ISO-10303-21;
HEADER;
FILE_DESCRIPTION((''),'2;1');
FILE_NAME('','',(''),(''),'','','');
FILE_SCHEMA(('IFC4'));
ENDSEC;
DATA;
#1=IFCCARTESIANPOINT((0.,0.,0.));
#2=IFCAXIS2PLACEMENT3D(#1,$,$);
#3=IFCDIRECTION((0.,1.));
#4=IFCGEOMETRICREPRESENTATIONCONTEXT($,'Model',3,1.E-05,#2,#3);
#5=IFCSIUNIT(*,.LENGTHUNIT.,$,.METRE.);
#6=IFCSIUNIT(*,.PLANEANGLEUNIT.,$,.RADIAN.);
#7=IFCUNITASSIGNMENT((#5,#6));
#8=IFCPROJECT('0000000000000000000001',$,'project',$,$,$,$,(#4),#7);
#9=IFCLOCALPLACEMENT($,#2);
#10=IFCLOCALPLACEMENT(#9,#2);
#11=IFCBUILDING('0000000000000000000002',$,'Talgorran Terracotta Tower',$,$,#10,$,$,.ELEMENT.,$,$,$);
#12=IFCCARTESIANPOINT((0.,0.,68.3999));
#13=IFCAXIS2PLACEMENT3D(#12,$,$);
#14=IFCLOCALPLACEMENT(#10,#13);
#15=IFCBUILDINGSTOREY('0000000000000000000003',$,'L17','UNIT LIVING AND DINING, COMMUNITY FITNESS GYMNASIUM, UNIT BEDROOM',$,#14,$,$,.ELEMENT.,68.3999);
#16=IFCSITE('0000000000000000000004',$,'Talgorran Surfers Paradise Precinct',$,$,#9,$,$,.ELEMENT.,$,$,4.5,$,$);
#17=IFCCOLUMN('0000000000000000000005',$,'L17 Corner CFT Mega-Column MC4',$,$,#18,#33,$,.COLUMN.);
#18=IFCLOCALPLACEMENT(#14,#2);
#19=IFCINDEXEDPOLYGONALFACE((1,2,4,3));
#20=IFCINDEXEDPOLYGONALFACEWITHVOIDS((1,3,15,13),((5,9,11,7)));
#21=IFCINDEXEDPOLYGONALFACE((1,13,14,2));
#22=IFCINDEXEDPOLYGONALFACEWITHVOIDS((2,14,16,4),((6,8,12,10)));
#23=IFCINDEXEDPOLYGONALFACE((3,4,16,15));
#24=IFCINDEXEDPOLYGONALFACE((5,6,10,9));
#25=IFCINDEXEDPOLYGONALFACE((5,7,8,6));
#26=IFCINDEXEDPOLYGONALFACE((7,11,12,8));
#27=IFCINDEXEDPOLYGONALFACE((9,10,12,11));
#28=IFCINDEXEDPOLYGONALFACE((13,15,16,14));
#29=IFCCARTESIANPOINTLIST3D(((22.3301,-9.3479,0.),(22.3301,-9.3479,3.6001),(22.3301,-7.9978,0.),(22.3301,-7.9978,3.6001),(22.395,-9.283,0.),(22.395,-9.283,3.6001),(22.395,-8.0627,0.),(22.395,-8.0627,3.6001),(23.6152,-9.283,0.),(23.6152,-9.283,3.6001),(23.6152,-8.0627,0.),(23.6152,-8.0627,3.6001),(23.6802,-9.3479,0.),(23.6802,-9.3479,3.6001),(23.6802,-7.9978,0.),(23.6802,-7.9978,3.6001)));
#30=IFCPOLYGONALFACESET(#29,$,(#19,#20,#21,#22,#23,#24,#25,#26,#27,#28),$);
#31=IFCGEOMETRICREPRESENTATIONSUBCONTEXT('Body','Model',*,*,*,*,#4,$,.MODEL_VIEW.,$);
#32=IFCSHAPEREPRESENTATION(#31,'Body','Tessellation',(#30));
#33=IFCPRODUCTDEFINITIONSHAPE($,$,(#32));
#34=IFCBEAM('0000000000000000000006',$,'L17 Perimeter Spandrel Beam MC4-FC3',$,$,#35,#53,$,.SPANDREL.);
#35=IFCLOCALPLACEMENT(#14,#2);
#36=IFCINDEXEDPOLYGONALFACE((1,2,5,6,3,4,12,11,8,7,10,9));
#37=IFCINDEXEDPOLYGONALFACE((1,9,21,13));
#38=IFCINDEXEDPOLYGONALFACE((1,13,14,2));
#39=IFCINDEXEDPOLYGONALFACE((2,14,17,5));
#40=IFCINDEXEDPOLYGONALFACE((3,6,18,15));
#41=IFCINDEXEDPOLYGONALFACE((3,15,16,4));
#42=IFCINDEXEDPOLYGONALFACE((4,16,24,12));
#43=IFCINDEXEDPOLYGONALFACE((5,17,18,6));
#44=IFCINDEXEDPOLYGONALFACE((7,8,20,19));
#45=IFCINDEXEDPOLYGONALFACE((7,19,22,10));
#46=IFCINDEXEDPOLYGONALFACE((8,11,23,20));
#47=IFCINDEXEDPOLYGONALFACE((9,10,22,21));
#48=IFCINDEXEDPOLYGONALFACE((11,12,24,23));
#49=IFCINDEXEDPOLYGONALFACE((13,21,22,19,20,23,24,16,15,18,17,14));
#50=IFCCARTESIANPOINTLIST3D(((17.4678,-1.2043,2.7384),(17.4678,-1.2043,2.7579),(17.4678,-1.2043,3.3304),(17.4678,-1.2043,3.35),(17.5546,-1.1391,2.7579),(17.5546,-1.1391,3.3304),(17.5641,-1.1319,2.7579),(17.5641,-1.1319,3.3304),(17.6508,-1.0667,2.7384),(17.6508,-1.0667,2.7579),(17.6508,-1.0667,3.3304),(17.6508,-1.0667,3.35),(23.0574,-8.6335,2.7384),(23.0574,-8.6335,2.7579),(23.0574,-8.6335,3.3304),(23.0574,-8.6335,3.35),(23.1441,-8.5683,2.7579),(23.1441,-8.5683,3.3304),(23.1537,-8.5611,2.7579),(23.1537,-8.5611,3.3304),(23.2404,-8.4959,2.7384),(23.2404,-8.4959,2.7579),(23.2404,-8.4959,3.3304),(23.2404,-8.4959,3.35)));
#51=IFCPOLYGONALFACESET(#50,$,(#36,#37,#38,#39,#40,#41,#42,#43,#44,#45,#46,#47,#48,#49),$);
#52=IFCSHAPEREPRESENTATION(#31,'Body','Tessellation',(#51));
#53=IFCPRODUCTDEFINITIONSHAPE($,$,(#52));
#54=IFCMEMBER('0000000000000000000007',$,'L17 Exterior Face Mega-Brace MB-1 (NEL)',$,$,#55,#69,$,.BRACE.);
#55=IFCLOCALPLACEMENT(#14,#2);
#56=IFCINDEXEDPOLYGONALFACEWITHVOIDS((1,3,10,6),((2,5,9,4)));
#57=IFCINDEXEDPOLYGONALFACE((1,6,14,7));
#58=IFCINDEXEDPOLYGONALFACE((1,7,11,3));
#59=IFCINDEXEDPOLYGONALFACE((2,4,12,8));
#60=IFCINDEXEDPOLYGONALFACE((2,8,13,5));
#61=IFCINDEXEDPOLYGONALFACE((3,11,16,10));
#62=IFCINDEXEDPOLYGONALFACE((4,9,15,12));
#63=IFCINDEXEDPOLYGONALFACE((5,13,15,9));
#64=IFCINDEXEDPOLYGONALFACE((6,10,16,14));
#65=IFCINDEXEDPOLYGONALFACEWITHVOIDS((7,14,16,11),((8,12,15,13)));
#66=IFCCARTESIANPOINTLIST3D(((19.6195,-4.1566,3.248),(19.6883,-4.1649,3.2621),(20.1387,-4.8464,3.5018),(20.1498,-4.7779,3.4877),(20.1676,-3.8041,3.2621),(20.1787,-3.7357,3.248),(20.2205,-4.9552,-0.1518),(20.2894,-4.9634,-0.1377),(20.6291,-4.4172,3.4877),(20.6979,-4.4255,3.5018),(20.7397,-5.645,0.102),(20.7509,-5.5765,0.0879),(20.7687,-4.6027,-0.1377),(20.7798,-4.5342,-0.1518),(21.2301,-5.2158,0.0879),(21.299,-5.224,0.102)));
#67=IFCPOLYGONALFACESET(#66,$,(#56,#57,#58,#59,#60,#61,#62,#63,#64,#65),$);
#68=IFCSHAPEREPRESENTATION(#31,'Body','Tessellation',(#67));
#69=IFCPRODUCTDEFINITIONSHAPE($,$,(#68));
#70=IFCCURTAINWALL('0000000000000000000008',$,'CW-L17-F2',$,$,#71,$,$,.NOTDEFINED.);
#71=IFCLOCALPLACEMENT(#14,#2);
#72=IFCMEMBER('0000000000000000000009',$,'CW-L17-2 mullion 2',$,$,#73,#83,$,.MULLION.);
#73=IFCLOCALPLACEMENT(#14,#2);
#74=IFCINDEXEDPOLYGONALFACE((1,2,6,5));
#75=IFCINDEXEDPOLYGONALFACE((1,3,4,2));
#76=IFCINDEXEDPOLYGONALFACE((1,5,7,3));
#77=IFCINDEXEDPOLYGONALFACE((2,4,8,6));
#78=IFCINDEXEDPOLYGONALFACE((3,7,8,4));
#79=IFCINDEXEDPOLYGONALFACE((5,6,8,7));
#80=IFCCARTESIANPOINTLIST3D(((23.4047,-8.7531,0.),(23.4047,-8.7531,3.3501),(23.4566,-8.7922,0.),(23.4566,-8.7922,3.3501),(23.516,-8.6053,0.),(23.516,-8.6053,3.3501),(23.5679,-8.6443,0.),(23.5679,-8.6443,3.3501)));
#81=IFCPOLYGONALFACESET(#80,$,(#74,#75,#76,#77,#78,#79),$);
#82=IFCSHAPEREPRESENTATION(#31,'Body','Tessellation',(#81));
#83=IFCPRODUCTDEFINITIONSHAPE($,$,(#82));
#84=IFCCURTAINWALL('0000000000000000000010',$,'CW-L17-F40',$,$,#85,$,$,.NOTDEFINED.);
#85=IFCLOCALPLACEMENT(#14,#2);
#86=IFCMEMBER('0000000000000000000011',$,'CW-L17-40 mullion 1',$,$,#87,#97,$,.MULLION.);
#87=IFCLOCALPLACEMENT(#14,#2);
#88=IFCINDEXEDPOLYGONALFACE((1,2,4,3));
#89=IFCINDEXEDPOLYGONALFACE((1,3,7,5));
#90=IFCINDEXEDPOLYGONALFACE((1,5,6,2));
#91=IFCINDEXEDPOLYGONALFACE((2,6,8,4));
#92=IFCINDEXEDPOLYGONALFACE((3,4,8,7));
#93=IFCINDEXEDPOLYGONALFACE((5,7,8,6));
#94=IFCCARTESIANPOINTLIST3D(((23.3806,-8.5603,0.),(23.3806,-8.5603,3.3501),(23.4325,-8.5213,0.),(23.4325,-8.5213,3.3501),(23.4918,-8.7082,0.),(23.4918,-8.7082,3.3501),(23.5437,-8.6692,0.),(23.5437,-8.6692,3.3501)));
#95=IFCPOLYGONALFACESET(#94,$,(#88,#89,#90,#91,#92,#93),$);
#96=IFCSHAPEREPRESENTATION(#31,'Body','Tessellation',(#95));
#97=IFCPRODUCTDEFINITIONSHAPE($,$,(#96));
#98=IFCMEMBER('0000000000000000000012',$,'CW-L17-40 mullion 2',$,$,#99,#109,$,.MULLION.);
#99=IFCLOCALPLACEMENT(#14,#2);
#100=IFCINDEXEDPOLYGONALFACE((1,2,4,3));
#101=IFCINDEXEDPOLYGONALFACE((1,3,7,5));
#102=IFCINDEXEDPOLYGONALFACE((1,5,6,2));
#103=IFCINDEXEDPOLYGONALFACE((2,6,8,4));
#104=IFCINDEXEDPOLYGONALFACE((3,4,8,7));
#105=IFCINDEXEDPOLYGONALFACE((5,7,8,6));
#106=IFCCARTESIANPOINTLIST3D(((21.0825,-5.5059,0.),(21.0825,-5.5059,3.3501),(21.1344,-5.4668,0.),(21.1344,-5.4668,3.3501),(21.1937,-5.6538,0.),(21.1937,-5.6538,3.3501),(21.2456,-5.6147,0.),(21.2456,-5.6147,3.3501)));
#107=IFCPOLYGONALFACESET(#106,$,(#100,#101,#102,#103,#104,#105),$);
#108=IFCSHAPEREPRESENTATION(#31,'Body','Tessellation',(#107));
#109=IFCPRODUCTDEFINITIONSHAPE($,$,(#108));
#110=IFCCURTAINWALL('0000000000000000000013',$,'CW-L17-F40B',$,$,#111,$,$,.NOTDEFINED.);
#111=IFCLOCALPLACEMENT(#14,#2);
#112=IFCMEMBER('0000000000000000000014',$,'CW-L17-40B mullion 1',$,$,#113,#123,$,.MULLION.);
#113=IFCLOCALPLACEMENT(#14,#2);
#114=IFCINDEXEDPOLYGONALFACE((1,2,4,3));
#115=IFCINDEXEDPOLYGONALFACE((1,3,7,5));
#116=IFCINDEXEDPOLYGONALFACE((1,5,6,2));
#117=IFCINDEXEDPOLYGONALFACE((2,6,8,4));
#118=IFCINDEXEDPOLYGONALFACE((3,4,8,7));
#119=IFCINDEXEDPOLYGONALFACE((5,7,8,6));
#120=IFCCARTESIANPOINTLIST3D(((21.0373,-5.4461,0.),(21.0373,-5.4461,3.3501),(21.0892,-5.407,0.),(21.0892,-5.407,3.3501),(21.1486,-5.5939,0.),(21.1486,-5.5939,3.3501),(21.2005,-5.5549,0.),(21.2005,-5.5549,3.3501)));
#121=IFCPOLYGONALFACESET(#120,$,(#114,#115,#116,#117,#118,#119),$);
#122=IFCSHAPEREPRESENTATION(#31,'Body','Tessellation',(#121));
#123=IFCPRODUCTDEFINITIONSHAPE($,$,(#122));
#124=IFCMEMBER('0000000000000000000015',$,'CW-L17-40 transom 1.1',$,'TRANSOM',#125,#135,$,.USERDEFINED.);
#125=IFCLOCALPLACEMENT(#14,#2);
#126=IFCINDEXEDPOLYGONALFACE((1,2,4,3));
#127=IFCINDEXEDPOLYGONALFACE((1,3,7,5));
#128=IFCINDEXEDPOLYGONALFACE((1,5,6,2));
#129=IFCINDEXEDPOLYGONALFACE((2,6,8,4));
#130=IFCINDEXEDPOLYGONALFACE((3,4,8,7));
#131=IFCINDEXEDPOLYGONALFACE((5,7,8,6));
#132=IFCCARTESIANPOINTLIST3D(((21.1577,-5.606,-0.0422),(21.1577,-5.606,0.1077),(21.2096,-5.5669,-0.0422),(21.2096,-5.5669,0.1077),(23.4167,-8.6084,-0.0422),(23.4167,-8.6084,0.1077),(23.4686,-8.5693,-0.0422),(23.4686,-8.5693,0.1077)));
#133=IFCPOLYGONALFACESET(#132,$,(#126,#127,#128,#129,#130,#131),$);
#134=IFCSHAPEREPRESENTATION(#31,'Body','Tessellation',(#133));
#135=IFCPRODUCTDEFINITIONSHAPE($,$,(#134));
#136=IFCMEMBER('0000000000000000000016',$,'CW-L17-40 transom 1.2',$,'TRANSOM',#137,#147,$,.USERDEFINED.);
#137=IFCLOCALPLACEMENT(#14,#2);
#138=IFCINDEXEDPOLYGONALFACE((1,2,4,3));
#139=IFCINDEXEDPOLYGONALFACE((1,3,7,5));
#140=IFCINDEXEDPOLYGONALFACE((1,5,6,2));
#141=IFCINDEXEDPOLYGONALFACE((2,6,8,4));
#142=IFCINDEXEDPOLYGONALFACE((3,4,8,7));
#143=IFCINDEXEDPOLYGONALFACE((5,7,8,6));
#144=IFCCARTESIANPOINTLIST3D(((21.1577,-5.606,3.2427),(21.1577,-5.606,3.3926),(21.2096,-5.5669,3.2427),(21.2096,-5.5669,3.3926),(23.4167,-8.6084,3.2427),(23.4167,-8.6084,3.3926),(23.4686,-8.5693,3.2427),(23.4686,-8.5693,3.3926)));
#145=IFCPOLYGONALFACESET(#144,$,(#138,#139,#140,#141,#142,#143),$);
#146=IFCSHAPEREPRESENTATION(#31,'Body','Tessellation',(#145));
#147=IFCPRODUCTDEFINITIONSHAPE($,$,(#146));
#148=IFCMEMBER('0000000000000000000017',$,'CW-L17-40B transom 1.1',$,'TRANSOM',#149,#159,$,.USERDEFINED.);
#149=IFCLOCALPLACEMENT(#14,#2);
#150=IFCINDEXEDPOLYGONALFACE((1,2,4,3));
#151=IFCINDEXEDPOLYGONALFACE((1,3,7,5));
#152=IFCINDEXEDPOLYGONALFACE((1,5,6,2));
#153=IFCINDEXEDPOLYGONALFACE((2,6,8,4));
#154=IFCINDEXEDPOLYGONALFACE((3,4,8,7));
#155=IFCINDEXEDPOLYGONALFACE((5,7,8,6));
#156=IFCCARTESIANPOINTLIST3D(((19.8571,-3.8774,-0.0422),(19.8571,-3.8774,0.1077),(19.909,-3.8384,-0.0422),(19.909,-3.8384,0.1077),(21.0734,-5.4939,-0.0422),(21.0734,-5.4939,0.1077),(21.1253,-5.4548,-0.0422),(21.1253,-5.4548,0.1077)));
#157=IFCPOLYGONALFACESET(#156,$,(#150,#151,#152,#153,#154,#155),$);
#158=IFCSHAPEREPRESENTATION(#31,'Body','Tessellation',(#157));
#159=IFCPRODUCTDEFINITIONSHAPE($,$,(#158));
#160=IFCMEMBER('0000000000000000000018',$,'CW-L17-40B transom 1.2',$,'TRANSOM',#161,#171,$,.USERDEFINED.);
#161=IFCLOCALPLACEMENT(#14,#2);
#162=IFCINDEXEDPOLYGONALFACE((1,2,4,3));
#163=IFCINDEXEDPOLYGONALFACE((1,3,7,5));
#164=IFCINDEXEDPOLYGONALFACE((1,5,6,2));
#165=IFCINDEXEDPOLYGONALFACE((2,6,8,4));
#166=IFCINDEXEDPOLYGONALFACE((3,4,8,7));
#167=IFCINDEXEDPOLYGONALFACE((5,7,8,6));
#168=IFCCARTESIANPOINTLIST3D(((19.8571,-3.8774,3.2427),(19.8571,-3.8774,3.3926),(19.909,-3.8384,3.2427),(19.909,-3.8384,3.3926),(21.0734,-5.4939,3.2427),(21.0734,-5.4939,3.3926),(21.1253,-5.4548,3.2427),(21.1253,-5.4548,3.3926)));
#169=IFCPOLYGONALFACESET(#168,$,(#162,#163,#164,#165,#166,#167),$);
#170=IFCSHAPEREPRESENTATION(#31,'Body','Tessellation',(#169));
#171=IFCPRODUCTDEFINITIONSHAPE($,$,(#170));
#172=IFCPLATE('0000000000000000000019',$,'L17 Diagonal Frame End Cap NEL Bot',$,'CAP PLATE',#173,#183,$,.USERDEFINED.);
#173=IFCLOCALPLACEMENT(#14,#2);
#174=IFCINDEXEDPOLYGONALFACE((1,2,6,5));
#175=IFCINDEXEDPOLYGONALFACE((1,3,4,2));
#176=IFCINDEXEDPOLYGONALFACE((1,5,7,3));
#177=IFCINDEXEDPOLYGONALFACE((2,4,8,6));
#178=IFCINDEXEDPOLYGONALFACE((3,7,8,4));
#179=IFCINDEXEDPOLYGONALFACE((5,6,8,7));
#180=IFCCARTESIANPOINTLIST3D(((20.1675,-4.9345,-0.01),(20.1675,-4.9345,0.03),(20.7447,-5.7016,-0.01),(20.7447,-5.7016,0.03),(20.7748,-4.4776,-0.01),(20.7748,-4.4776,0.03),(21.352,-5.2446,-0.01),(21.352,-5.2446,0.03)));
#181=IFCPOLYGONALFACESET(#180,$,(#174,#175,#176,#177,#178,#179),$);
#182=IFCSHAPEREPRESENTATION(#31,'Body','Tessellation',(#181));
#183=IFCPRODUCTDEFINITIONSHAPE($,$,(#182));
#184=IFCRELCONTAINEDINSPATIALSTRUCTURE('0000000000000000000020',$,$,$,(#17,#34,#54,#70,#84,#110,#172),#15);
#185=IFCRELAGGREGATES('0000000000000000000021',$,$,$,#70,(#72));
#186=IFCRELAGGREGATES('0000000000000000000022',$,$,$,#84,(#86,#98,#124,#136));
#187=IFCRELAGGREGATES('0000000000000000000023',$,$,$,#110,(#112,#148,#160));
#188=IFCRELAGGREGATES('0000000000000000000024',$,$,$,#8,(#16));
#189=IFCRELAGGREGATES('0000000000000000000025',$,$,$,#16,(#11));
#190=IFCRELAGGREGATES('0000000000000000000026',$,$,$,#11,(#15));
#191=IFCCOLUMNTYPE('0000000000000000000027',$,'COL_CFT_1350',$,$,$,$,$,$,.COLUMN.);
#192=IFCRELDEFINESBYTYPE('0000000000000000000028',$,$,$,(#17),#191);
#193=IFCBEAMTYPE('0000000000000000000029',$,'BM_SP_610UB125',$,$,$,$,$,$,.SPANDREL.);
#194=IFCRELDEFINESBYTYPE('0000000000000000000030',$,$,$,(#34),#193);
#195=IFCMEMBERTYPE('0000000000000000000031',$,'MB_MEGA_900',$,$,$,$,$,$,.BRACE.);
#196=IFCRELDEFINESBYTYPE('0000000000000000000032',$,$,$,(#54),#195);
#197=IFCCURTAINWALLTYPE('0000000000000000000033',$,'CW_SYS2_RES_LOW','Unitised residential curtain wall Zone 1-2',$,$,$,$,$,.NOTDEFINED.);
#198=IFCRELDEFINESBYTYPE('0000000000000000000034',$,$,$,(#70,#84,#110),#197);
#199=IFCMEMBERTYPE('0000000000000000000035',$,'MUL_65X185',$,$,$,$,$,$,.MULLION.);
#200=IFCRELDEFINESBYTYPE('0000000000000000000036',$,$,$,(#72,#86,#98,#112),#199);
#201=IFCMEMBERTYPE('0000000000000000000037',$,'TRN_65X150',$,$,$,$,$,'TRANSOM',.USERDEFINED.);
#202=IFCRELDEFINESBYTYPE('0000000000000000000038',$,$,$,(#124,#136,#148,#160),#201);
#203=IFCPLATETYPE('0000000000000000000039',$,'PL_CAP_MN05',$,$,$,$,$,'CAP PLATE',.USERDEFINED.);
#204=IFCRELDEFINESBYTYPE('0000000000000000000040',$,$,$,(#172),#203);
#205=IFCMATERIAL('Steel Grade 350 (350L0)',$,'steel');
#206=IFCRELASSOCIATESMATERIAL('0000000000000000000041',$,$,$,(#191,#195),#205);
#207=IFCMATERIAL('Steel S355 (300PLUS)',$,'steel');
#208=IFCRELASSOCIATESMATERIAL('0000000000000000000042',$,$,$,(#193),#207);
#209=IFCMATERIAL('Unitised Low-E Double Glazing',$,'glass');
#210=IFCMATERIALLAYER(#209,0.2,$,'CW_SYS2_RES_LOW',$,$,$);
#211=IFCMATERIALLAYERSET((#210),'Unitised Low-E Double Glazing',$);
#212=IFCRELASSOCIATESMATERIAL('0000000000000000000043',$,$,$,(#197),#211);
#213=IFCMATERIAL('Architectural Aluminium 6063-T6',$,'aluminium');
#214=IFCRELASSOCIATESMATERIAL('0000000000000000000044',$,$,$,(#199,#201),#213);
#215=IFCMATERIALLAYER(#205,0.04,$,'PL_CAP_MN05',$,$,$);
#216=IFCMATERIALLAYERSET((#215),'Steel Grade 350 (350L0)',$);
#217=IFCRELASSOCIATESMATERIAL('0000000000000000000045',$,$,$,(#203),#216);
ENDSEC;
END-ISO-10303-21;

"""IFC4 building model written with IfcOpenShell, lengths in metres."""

from ifc_helpers import new_model, si_unit, direction, frame, origin, origin_2d, place, context, subcontext, project, spatial, rectangle, hollow_rectangle, i_section, extrude, material, layer, layer_set, material_profile, profile_set, type_object, element, aggregate, save


model = new_model("IFC4")

# Units and contexts
model_context = context("Model", 3, precision=1e-05, world=origin(), true_north=direction((0.0, 1.0)))
body_context = subcontext(model_context, "Body", "Model", "MODEL_VIEW")
ifc_project = project(units=[si_unit("LENGTHUNIT", "METRE"), si_unit("PLANEANGLEUNIT", "RADIAN")], contexts=[model_context])

# Site, building, storey
site_placement = place(None, origin())
site = spatial("IfcSite", under=ifc_project, at=site_placement, Name="Talgorran Surfers Paradise Precinct", CompositionType="ELEMENT", RefElevation=4.5)
building_placement = place(site_placement, origin())
building = spatial("IfcBuilding", under=site, at=building_placement, Name="Talgorran Terracotta Tower", CompositionType="ELEMENT")
storey_placement = place(building_placement, frame((0.0, 0.0, 68.3999)))
storey = spatial("IfcBuildingStorey", under=building, at=storey_placement, Name="L17", Description="UNIT LIVING AND DINING, COMMUNITY FITNESS GYMNASIUM, UNIT BEDROOM", CompositionType="ELEMENT", Elevation=68.3999)

# Column
ifc_material_1 = material(Name="Steel Grade 350 (350L0)", Category="steel")
ifc_material_profile_1 = material_profile(ifc_material_1, hollow_rectangle(XDim=1.3501, YDim=1.3501, WallThickness=0.0649, at=origin_2d()), Name="CFT1350X1350X65")
ifc_profile_set_1 = profile_set([ifc_material_profile_1], Name="Steel Grade 350 (350L0)")
column_type = type_object("IfcColumnType", Name="COL_CFT_1350", PredefinedType="COLUMN", material=ifc_profile_set_1)
column_placement = place(storey_placement, frame((23.0051, -8.6729, 0.0), z_axis=(0.0, 0.0, 1.0), x_axis=(1.0, 0.0, 0.0)))
element("IfcColumn", 1, at=column_placement, inside=storey, type_object=column_type, Name="L17 Corner CFT Mega-Column MC4", PredefinedType="COLUMN", context=body_context, shape_type="SweptSolid", body=[
    extrude(hollow_rectangle(XDim=1.3501, YDim=1.3501, WallThickness=0.0649, at=origin_2d()), origin(), (0.0, 0.0, 1.0), 3.6001),
])

# Beam
ifc_material_2 = material(Name="Steel S355 (300PLUS)", Category="steel")
ifc_material_profile_2 = material_profile(ifc_material_2, i_section(OverallWidth=0.229, OverallDepth=0.6116, WebThickness=0.012, FlangeThickness=0.0195, at=origin_2d()), Name="610UB125")
ifc_profile_set_2 = profile_set([ifc_material_profile_2], Name="Steel S355 (300PLUS)")
beam_type = type_object("IfcBeamType", Name="BM_SP_610UB125", PredefinedType="SPANDREL", material=ifc_profile_set_2)
beam_placement = place(storey_placement, frame((23.1489, -8.5647, 3.0442), z_axis=(-0.601218, 0.799085, 0.0), x_axis=(-0.799085, -0.601218, 0.0)))
element("IfcBeam", 2, at=beam_placement, inside=storey, type_object=beam_type, Name="L17 Perimeter Spandrel Beam MC4-FC3", PredefinedType="SPANDREL", context=body_context, shape_type="SweptSolid", body=[
    extrude(i_section(OverallWidth=0.229, OverallDepth=0.6116, WebThickness=0.012, FlangeThickness=0.0195, at=origin_2d()), origin(), (0.0, 0.0, 1.0), 9.2971),
])

# Member
ifc_material_profile_3 = material_profile(ifc_material_1, hollow_rectangle(XDim=0.7, YDim=0.8999, WallThickness=0.05, at=origin_2d()), Name="WBOX900X700X50")
ifc_profile_set_3 = profile_set([ifc_material_profile_3], Name="Steel Grade 350 (350L0)")
member_type_1 = type_object("IfcMemberType", Name="MB_MEGA_900", PredefinedType="BRACE", material=ifc_profile_set_3)
member_1_placement = place(storey_placement, frame((20.7598, -5.0896, -0.0249), z_axis=(-0.169614, 0.225348, 0.9594), x_axis=(-0.798973, -0.601367, 0.0)))
element("IfcMember", 3, at=member_1_placement, inside=storey, type_object=member_type_1, Name="L17 Exterior Face Mega-Brace MB-1 (NEL)", PredefinedType="BRACE", context=body_context, shape_type="SweptSolid", body=[
    extrude(hollow_rectangle(XDim=0.7, YDim=0.8999, WallThickness=0.05, at=origin_2d()), origin(), (0.0, 0.0, 1.0), 3.5437),
])

# Curtain wall, member
ifc_material_3 = material(Name="Unitised Low-E Double Glazing", Category="glass")
ifc_layer_1 = layer(ifc_material_3, 0.2, Name="CW_SYS2_RES_LOW")
ifc_layer_set_1 = layer_set([ifc_layer_1], Name="Unitised Low-E Double Glazing")
curtain_wall_type = type_object("IfcCurtainWallType", Name="CW_SYS2_RES_LOW", Description="Unitised residential curtain wall Zone 1-2", PredefinedType="NOTDEFINED", material=ifc_layer_set_1)
curtain_wall_1_placement = place(storey_placement, origin())
curtain_wall_1 = element("IfcCurtainWall", 4, at=curtain_wall_1_placement, inside=storey, type_object=curtain_wall_type, Name="CW-L17-F2", PredefinedType="NOTDEFINED")
ifc_material_4 = material(Name="Architectural Aluminium 6063-T6", Category="aluminium")
ifc_material_profile_4 = material_profile(ifc_material_4, rectangle(XDim=0.0649, YDim=0.1851, at=origin_2d()), Name="CWM65X185")
ifc_profile_set_4 = profile_set([ifc_material_profile_4], Name="Architectural Aluminium 6063-T6")
member_type_2 = type_object("IfcMemberType", Name="MUL_65X185", PredefinedType="MULLION", material=ifc_profile_set_4)
member_2_placement = place(storey_placement, frame((23.4863, -8.6987, 0.0), z_axis=(0.0, 0.0, 1.0), x_axis=(-0.799067, 0.601243, 0.0)))
member_2 = element("IfcMember", 5, at=member_2_placement, type_object=member_type_2, Name="CW-L17-2 mullion 2", PredefinedType="MULLION", context=body_context, shape_type="SweptSolid", body=[
    extrude(rectangle(XDim=0.0649, YDim=0.1851, at=origin_2d()), origin(), (0.0, 0.0, 1.0), 3.3501),
])
aggregate(curtain_wall_1, [member_2])

# Curtain wall, members
curtain_wall_2_placement = place(storey_placement, origin())
curtain_wall_2 = element("IfcCurtainWall", 6, at=curtain_wall_2_placement, inside=storey, type_object=curtain_wall_type, Name="CW-L17-F40", PredefinedType="NOTDEFINED")
member_3_placement = place(storey_placement, frame((23.4622, -8.6147, 0.0), z_axis=(0.0, 0.0, 1.0), x_axis=(-0.799061, -0.60125, 0.0)))
member_3 = element("IfcMember", 7, at=member_3_placement, type_object=member_type_2, Name="CW-L17-40 mullion 1", PredefinedType="MULLION", context=body_context, shape_type="SweptSolid", body=[
    extrude(rectangle(XDim=0.0649, YDim=0.1851, at=origin_2d()), origin(), (0.0, 0.0, 1.0), 3.3501),
])
member_4_placement = place(storey_placement, frame((21.1641, -5.5603, 0.0), z_axis=(0.0, 0.0, 1.0), x_axis=(-0.799061, -0.60125, 0.0)))
member_4 = element("IfcMember", 8, at=member_4_placement, type_object=member_type_2, Name="CW-L17-40 mullion 2", PredefinedType="MULLION", context=body_context, shape_type="SweptSolid", body=[
    extrude(rectangle(XDim=0.0649, YDim=0.1851, at=origin_2d()), origin(), (0.0, 0.0, 1.0), 3.3501),
])

# Curtain wall, member
curtain_wall_3_placement = place(storey_placement, origin())
curtain_wall_3 = element("IfcCurtainWall", 9, at=curtain_wall_3_placement, inside=storey, type_object=curtain_wall_type, Name="CW-L17-F40B", PredefinedType="NOTDEFINED")
member_5_placement = place(storey_placement, frame((21.1189, -5.5005, 0.0), z_axis=(0.0, 0.0, 1.0), x_axis=(-0.799063, -0.601248, 0.0)))
member_5 = element("IfcMember", 10, at=member_5_placement, type_object=member_type_2, Name="CW-L17-40B mullion 1", PredefinedType="MULLION", context=body_context, shape_type="SweptSolid", body=[
    extrude(rectangle(XDim=0.0649, YDim=0.1851, at=origin_2d()), origin(), (0.0, 0.0, 1.0), 3.3501),
])

# Members
ifc_material_profile_5 = material_profile(ifc_material_4, rectangle(XDim=0.0649, YDim=0.1499, at=origin_2d()), Name="CWT65X150")
ifc_profile_set_5 = profile_set([ifc_material_profile_5], Name="Architectural Aluminium 6063-T6")
member_type_3 = type_object("IfcMemberType", Name="TRN_65X150", ElementType="TRANSOM", PredefinedType="USERDEFINED", material=ifc_profile_set_5)
member_6_placement = place(storey_placement, frame((23.4426, -8.5889, 0.0327), z_axis=(-0.601226, 0.799079, 0.0), x_axis=(-0.799079, -0.601226, 0.0)))
member_6 = element("IfcMember", 11, at=member_6_placement, type_object=member_type_3, Name="CW-L17-40 transom 1.1", ObjectType="TRANSOM", PredefinedType="USERDEFINED", context=body_context, shape_type="SweptSolid", body=[
    extrude(rectangle(XDim=0.0649, YDim=0.1499, at=origin_2d()), origin(), (0.0, 0.0, 1.0), 3.7573),
])
member_7_placement = place(storey_placement, frame((23.4426, -8.5889, 3.3176), z_axis=(-0.601226, 0.799079, 0.0), x_axis=(-0.799079, -0.601226, 0.0)))
member_7 = element("IfcMember", 12, at=member_7_placement, type_object=member_type_3, Name="CW-L17-40 transom 1.2", ObjectType="TRANSOM", PredefinedType="USERDEFINED", context=body_context, shape_type="SweptSolid", body=[
    extrude(rectangle(XDim=0.0649, YDim=0.1499, at=origin_2d()), origin(), (0.0, 0.0, 1.0), 3.7573),
])
member_8_placement = place(storey_placement, frame((21.0994, -5.4744, 0.0327), z_axis=(-0.601254, 0.799058, 0.0), x_axis=(-0.799058, -0.601254, 0.0)))
member_8 = element("IfcMember", 13, at=member_8_placement, type_object=member_type_3, Name="CW-L17-40B transom 1.1", ObjectType="TRANSOM", PredefinedType="USERDEFINED", context=body_context, shape_type="SweptSolid", body=[
    extrude(rectangle(XDim=0.0649, YDim=0.1499, at=origin_2d()), origin(), (0.0, 0.0, 1.0), 2.0229),
])
member_9_placement = place(storey_placement, frame((21.0994, -5.4744, 3.3176), z_axis=(-0.601254, 0.799058, 0.0), x_axis=(-0.799058, -0.601254, 0.0)))
member_9 = element("IfcMember", 14, at=member_9_placement, type_object=member_type_3, Name="CW-L17-40B transom 1.2", ObjectType="TRANSOM", PredefinedType="USERDEFINED", context=body_context, shape_type="SweptSolid", body=[
    extrude(rectangle(XDim=0.0649, YDim=0.1499, at=origin_2d()), origin(), (0.0, 0.0, 1.0), 2.0229),
])

# Plate
ifc_layer_2 = layer(ifc_material_1, 0.04, Name="PL_CAP_MN05")
ifc_layer_set_2 = layer_set([ifc_layer_2], Name="Steel Grade 350 (350L0)")
plate_type_1 = type_object("IfcPlateType", Name="PL_CAP_MN05", ElementType="CAP PLATE", PredefinedType="USERDEFINED", material=ifc_layer_set_2)
for number, where, z_axis, x_axis, name in (
    (15, (20.7598, -5.0896, -0.01), (0.0, 0.0, 1.0), (-0.601257, 0.799055, 0.0), "L17 Diagonal Frame End Cap NEL Bot"),
):
    element("IfcPlate", number, at=place(storey_placement, frame(where, z_axis=z_axis, x_axis=x_axis)), inside=storey, type_object=plate_type_1, Name=name, ObjectType="CAP PLATE", PredefinedType="USERDEFINED", context=body_context, shape_type="SweptSolid", body=[
        extrude(rectangle(XDim=0.96, YDim=0.76, at=origin_2d()), origin(), (0.0, 0.0, 1.0), 0.04),
    ])

aggregate(curtain_wall_2, [member_3, member_4, member_6, member_7])
aggregate(curtain_wall_3, [member_5, member_8, member_9])

save(model, "model.ifc")
